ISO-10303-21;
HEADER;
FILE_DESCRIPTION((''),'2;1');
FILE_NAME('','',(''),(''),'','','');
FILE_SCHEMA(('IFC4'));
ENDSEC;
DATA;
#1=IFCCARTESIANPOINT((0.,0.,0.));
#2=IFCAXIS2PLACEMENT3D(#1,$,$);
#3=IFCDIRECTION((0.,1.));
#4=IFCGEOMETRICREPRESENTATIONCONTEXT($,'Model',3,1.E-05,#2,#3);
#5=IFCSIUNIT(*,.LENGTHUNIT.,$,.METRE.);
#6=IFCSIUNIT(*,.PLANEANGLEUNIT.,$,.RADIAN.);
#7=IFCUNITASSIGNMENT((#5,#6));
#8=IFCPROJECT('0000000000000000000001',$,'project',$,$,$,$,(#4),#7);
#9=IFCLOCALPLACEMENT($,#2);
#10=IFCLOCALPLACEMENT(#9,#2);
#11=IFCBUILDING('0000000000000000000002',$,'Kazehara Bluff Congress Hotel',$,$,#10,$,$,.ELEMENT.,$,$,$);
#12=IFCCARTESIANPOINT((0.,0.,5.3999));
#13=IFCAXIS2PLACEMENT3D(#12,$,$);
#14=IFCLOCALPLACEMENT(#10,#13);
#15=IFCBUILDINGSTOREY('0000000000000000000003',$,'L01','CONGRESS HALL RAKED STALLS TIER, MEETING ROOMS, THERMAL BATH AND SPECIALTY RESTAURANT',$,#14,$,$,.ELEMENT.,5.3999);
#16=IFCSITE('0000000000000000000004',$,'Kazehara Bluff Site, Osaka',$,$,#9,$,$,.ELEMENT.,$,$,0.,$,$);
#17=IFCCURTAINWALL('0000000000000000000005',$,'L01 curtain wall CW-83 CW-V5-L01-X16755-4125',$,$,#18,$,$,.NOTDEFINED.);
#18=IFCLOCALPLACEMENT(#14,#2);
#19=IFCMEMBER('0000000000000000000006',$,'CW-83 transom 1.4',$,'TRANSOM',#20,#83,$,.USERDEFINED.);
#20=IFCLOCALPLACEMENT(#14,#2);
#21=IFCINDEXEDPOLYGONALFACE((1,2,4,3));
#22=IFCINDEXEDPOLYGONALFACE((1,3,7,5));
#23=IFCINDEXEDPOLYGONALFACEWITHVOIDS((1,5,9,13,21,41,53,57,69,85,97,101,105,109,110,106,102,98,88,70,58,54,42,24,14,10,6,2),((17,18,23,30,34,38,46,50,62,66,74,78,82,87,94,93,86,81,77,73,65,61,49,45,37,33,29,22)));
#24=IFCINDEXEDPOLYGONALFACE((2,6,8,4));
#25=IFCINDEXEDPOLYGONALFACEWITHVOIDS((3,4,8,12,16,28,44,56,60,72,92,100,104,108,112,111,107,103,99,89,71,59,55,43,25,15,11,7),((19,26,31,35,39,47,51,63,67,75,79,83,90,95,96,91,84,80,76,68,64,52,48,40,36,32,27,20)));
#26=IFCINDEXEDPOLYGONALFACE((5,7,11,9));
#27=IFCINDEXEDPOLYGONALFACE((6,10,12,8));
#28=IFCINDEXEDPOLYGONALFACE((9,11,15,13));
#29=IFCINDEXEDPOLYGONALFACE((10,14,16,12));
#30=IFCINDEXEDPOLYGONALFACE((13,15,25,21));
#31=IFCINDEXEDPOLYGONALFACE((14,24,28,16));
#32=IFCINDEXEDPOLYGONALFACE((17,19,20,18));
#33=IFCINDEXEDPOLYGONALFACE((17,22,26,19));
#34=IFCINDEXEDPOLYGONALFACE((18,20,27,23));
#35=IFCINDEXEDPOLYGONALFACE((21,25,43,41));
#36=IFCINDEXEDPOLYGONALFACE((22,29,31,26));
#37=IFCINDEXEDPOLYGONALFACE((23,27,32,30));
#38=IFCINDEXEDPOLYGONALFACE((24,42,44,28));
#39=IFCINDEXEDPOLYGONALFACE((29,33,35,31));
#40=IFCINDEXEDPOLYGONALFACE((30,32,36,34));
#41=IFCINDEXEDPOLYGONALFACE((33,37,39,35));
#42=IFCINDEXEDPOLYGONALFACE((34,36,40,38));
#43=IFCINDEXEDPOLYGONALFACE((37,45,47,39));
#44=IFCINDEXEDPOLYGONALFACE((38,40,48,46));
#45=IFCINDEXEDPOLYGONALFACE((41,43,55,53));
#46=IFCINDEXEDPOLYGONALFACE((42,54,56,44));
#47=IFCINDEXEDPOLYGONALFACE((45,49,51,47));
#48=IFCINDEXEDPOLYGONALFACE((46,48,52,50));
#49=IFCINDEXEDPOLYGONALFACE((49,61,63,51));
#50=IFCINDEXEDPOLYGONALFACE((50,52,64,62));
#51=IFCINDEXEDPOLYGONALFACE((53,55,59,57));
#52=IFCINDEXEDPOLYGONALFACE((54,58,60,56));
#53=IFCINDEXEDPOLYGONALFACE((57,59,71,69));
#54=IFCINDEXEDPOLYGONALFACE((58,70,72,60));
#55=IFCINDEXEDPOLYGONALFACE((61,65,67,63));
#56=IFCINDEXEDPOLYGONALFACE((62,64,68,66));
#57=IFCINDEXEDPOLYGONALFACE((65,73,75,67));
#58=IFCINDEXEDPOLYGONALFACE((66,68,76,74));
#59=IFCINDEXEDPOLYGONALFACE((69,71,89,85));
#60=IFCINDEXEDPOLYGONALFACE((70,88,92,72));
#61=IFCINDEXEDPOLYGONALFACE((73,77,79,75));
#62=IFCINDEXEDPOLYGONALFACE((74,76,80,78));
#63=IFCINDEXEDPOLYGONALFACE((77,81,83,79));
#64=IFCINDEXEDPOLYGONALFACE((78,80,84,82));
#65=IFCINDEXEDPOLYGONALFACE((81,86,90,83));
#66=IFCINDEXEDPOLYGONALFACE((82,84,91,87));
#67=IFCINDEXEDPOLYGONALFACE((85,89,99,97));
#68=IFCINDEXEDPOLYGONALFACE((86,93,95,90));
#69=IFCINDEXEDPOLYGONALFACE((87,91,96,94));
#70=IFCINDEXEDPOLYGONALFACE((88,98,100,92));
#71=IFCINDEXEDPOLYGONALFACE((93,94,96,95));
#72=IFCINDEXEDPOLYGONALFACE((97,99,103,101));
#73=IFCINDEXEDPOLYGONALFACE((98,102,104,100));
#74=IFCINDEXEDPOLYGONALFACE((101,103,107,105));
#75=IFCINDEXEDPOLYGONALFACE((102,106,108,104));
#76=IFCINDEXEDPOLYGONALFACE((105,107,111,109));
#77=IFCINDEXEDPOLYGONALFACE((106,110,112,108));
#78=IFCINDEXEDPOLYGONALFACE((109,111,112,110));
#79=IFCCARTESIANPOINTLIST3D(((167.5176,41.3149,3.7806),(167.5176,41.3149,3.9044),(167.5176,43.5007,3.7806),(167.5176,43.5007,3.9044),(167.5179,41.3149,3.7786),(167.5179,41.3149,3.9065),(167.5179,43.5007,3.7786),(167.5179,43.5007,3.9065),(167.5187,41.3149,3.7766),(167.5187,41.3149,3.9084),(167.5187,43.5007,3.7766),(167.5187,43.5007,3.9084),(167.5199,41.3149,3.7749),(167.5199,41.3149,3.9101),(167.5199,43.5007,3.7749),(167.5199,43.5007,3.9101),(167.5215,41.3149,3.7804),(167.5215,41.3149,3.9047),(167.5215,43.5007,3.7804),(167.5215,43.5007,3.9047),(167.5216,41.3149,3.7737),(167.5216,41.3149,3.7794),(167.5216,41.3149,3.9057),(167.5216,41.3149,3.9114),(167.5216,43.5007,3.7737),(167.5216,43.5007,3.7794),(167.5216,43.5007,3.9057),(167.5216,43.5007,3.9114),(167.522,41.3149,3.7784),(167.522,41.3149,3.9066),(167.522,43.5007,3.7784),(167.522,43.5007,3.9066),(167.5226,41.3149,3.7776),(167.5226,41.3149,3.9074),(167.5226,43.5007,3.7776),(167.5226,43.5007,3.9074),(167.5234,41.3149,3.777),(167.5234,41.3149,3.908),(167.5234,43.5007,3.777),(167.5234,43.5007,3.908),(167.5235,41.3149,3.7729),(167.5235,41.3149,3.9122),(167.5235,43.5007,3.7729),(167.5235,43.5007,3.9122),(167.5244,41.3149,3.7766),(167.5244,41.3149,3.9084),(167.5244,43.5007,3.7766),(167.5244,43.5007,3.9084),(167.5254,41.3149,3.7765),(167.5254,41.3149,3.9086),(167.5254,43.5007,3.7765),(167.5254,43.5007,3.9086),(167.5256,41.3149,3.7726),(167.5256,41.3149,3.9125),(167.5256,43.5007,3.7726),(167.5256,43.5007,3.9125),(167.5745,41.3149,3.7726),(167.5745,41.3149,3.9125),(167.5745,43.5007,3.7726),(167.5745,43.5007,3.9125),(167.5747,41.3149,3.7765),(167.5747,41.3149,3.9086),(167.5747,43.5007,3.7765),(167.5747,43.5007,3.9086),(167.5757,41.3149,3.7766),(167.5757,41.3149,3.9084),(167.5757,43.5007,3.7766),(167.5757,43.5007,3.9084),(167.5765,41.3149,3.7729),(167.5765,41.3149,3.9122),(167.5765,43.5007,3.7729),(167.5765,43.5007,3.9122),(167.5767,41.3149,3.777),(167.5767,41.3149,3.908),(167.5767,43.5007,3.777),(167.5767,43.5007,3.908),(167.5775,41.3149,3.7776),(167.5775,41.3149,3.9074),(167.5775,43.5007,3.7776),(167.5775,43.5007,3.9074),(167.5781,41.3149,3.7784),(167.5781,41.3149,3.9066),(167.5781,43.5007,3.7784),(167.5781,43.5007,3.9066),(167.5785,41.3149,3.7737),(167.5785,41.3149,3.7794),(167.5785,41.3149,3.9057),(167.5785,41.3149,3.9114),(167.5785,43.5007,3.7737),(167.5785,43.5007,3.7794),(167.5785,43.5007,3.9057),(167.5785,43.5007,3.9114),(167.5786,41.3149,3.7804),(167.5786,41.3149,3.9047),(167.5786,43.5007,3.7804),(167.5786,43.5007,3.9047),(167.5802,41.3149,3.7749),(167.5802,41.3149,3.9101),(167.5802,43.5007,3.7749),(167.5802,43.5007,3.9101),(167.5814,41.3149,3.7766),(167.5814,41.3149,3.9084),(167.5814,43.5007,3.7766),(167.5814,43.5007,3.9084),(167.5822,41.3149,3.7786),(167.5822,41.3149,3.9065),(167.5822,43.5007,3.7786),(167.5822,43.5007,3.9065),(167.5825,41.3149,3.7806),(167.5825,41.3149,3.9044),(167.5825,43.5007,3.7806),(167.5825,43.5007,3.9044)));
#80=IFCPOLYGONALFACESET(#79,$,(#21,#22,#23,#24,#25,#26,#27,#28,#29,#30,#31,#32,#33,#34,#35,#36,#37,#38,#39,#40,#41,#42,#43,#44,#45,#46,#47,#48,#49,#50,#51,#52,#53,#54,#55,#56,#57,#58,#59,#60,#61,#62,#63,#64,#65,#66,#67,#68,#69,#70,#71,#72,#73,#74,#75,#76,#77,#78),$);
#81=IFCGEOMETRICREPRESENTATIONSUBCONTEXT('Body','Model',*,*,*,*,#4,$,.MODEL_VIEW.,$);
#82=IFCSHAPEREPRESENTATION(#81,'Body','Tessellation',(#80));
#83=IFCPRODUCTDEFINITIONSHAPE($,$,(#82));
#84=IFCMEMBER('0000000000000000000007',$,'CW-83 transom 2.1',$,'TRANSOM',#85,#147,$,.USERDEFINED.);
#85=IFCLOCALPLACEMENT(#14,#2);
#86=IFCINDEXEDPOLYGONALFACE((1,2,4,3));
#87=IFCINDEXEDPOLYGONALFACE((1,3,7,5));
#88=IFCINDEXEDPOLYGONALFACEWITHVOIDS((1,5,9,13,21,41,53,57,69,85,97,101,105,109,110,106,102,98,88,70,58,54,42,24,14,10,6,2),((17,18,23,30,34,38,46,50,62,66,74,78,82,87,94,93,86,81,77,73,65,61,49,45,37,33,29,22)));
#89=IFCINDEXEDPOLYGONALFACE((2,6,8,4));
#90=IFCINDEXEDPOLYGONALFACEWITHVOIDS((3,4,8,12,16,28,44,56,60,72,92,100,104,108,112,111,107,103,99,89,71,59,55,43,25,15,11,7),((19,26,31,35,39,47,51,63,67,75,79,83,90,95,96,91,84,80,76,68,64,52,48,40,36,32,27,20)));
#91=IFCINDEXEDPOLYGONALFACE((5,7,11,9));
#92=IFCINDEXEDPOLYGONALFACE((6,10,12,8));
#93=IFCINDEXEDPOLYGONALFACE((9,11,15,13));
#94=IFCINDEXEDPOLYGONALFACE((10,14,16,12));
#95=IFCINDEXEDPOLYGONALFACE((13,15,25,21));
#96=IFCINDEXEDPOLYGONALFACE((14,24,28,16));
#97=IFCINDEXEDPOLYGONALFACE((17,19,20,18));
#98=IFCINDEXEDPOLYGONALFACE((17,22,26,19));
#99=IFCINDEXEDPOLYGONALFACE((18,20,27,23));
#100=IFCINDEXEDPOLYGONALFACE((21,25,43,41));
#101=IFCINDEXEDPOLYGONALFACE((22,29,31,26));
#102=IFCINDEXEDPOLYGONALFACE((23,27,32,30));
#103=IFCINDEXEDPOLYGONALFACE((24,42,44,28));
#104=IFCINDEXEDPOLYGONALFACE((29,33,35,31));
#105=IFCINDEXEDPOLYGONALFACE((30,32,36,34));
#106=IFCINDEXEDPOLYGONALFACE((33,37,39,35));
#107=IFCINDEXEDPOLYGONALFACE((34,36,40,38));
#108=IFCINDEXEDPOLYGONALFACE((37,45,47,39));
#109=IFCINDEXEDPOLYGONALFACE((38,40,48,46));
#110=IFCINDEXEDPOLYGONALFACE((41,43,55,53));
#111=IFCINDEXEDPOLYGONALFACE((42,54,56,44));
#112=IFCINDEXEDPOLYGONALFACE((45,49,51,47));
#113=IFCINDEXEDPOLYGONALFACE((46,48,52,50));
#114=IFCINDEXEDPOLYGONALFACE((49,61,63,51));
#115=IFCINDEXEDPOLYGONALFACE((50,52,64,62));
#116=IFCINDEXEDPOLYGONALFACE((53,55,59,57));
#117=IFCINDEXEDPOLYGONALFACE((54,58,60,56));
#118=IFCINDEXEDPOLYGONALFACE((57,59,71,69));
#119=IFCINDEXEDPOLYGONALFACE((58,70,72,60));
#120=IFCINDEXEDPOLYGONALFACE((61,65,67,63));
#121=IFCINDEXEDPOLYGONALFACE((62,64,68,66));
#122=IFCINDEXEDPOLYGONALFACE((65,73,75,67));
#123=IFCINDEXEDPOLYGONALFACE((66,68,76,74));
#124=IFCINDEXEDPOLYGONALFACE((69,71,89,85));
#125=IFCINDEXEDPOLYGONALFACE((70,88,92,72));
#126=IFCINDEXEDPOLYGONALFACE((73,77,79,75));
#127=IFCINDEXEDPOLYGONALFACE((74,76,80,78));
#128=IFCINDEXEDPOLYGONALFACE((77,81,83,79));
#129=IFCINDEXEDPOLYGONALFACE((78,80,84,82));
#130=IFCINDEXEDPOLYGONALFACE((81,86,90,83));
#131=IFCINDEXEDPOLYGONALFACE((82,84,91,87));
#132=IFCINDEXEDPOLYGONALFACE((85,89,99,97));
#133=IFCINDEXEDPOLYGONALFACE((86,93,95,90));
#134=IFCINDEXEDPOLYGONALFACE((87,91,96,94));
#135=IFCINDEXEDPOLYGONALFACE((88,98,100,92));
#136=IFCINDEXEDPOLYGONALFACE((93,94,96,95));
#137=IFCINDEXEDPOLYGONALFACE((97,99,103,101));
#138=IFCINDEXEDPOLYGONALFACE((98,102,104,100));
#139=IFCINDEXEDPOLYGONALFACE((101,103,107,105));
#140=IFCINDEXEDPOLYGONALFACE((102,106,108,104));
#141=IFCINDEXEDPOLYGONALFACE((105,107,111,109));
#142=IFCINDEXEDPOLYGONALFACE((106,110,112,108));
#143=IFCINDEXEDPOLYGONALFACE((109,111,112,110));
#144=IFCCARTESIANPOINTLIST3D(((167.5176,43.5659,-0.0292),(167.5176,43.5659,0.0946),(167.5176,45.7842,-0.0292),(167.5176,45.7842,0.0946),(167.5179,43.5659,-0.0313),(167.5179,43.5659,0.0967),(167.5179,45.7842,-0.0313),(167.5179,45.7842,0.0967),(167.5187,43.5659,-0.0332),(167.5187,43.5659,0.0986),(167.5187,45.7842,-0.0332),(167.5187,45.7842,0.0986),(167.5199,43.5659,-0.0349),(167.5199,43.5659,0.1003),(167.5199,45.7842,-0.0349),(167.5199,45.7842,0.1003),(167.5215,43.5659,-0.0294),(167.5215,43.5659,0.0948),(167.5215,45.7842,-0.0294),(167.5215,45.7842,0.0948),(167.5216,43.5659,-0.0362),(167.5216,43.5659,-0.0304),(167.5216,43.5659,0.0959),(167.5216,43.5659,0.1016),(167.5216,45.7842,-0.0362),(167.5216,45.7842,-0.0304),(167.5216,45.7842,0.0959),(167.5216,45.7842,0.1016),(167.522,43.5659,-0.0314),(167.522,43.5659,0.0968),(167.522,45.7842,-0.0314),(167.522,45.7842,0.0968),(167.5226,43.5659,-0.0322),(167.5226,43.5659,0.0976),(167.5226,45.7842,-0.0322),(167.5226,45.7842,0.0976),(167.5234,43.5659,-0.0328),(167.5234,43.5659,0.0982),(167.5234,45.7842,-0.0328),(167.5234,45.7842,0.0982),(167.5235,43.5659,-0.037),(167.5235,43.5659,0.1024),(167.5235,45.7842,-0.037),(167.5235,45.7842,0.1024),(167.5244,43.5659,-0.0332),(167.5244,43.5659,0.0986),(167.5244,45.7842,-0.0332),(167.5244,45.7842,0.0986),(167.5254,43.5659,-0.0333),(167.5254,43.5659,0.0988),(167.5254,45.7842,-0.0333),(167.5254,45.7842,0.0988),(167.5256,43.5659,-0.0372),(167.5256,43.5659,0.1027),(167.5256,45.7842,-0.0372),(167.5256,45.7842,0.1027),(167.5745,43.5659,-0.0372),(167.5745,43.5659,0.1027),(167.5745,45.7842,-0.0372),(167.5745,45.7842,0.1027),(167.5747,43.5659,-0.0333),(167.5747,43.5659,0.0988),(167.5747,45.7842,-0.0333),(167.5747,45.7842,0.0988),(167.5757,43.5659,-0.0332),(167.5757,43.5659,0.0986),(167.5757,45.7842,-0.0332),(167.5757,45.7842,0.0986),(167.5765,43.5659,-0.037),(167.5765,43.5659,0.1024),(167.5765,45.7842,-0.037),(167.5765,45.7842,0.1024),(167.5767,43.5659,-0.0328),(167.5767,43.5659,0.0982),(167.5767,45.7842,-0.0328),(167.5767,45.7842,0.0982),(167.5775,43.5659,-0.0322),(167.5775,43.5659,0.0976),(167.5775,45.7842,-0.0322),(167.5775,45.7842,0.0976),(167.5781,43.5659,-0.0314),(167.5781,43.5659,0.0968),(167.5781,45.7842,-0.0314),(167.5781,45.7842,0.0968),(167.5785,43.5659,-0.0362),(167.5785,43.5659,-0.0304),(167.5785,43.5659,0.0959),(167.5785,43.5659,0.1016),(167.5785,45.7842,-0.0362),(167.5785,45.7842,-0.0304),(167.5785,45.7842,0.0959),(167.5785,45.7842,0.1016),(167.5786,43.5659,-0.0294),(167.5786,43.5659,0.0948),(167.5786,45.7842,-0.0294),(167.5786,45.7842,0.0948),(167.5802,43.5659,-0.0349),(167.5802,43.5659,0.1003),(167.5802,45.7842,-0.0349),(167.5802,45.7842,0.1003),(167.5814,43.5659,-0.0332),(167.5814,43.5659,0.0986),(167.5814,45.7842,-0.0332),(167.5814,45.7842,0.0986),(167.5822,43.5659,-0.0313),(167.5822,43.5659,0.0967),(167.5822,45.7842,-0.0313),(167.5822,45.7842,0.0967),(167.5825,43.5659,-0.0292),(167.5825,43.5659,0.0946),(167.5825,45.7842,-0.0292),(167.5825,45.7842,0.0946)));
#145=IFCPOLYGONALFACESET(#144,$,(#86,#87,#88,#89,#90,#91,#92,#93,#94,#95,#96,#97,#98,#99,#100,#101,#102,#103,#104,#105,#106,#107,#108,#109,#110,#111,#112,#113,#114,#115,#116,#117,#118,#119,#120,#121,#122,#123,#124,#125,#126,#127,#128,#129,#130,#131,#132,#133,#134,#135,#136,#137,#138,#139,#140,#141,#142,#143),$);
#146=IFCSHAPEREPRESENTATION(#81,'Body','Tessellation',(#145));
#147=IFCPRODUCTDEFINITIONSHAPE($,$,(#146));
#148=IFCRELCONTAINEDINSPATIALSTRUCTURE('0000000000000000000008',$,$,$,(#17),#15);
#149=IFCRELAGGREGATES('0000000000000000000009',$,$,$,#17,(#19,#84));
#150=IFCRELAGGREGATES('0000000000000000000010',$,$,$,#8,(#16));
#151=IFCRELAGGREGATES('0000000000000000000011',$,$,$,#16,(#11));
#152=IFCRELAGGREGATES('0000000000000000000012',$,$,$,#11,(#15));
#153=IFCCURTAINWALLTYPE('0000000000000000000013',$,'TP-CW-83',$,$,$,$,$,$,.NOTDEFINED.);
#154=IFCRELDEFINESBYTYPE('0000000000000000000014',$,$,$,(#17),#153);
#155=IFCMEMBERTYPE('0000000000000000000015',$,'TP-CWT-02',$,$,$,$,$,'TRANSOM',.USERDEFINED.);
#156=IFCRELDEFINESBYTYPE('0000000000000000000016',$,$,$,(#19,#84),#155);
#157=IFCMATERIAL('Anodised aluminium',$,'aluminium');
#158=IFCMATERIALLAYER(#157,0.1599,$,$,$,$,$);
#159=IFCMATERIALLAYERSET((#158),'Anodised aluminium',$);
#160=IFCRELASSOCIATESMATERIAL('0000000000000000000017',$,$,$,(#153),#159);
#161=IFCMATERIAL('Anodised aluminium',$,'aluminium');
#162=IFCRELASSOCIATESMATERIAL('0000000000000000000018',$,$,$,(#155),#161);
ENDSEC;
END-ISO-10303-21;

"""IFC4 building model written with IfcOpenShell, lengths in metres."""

from ifc_helpers import new_model, si_unit, direction, frame, origin, origin_2d, place, context, subcontext, project, spatial, hollow_rectangle, extrude, material, layer, layer_set, material_profile, profile_set, type_object, element, aggregate, save


model = new_model("IFC4")

# Units and contexts
model_context = context("Model", 3, precision=1e-05, world=origin(), true_north=direction((0.0, 1.0)))
body_context = subcontext(model_context, "Body", "Model", "MODEL_VIEW")
ifc_project = project(units=[si_unit("LENGTHUNIT", "METRE"), si_unit("PLANEANGLEUNIT", "RADIAN")], contexts=[model_context])

# Site, building, storey
site_placement = place(None, origin())
site = spatial("IfcSite", under=ifc_project, at=site_placement, Name="Kazehara Bluff Site, Osaka", CompositionType="ELEMENT", RefElevation=0.0)
building_placement = place(site_placement, origin())
building = spatial("IfcBuilding", under=site, at=building_placement, Name="Kazehara Bluff Congress Hotel", CompositionType="ELEMENT")
storey_placement = place(building_placement, frame((0.0, 0.0, 5.3999)))
storey = spatial("IfcBuildingStorey", under=building, at=storey_placement, Name="L01", Description="CONGRESS HALL RAKED STALLS TIER, MEETING ROOMS, THERMAL BATH AND SPECIALTY RESTAURANT", CompositionType="ELEMENT", Elevation=5.3999)

# Curtain wall
ifc_material_1 = material(Name="Anodised aluminium", Category="aluminium")
ifc_layer_1 = layer(ifc_material_1, 0.1599)
ifc_layer_set_1 = layer_set([ifc_layer_1], Name="Anodised aluminium")
curtain_wall_type_1 = type_object("IfcCurtainWallType", Name="TP-CW-83", PredefinedType="NOTDEFINED", material=ifc_layer_set_1)
curtain_wall_1_placement = place(storey_placement, origin())
curtain_wall_1 = element("IfcCurtainWall", 1, at=curtain_wall_1_placement, inside=storey, type_object=curtain_wall_type_1, Name="L01 curtain wall CW-83 CW-V5-L01-X16755-4125", PredefinedType="NOTDEFINED")

# Members
ifc_material_2 = material(Name="Anodised aluminium", Category="aluminium")
ifc_material_profile_1 = material_profile(ifc_material_2, hollow_rectangle(XDim=0.0649, YDim=0.1399, WallThickness=0.0039, InnerFilletRadius=0.0039, OuterFilletRadius=0.0081, at=origin_2d()))
ifc_profile_set_1 = profile_set([ifc_material_profile_1], Name="Anodised aluminium")
member_type_1 = type_object("IfcMemberType", Name="TP-CWT-02", ElementType="TRANSOM", PredefinedType="USERDEFINED", material=ifc_profile_set_1)
member_1_placement = place(storey_placement, frame((167.55, 41.3149, 3.8425), z_axis=(0.0, 1.0, 0.0), x_axis=(-1.0, 0.0, 0.0)))
member_1 = element("IfcMember", 2, at=member_1_placement, type_object=member_type_1, Name="CW-83 transom 1.4", ObjectType="TRANSOM", PredefinedType="USERDEFINED", context=body_context, shape_type="SweptSolid", body=[
    extrude(hollow_rectangle(XDim=0.0649, YDim=0.1399, WallThickness=0.0039, InnerFilletRadius=0.0039, OuterFilletRadius=0.0081, at=origin_2d()), origin(), (0.0, 0.0, 1.0), 2.1858),
])
member_2_placement = place(storey_placement, frame((167.55, 43.5659, 0.0327), z_axis=(0.0, 1.0, 0.0), x_axis=(-1.0, 0.0, 0.0)))
member_2 = element("IfcMember", 3, at=member_2_placement, type_object=member_type_1, Name="CW-83 transom 2.1", ObjectType="TRANSOM", PredefinedType="USERDEFINED", context=body_context, shape_type="SweptSolid", body=[
    extrude(hollow_rectangle(XDim=0.0649, YDim=0.1399, WallThickness=0.0039, InnerFilletRadius=0.0039, OuterFilletRadius=0.0081, at=origin_2d()), origin(), (0.0, 0.0, 1.0), 2.2183),
])

aggregate(curtain_wall_1, [member_1, member_2])

save(model, "model.ifc")
